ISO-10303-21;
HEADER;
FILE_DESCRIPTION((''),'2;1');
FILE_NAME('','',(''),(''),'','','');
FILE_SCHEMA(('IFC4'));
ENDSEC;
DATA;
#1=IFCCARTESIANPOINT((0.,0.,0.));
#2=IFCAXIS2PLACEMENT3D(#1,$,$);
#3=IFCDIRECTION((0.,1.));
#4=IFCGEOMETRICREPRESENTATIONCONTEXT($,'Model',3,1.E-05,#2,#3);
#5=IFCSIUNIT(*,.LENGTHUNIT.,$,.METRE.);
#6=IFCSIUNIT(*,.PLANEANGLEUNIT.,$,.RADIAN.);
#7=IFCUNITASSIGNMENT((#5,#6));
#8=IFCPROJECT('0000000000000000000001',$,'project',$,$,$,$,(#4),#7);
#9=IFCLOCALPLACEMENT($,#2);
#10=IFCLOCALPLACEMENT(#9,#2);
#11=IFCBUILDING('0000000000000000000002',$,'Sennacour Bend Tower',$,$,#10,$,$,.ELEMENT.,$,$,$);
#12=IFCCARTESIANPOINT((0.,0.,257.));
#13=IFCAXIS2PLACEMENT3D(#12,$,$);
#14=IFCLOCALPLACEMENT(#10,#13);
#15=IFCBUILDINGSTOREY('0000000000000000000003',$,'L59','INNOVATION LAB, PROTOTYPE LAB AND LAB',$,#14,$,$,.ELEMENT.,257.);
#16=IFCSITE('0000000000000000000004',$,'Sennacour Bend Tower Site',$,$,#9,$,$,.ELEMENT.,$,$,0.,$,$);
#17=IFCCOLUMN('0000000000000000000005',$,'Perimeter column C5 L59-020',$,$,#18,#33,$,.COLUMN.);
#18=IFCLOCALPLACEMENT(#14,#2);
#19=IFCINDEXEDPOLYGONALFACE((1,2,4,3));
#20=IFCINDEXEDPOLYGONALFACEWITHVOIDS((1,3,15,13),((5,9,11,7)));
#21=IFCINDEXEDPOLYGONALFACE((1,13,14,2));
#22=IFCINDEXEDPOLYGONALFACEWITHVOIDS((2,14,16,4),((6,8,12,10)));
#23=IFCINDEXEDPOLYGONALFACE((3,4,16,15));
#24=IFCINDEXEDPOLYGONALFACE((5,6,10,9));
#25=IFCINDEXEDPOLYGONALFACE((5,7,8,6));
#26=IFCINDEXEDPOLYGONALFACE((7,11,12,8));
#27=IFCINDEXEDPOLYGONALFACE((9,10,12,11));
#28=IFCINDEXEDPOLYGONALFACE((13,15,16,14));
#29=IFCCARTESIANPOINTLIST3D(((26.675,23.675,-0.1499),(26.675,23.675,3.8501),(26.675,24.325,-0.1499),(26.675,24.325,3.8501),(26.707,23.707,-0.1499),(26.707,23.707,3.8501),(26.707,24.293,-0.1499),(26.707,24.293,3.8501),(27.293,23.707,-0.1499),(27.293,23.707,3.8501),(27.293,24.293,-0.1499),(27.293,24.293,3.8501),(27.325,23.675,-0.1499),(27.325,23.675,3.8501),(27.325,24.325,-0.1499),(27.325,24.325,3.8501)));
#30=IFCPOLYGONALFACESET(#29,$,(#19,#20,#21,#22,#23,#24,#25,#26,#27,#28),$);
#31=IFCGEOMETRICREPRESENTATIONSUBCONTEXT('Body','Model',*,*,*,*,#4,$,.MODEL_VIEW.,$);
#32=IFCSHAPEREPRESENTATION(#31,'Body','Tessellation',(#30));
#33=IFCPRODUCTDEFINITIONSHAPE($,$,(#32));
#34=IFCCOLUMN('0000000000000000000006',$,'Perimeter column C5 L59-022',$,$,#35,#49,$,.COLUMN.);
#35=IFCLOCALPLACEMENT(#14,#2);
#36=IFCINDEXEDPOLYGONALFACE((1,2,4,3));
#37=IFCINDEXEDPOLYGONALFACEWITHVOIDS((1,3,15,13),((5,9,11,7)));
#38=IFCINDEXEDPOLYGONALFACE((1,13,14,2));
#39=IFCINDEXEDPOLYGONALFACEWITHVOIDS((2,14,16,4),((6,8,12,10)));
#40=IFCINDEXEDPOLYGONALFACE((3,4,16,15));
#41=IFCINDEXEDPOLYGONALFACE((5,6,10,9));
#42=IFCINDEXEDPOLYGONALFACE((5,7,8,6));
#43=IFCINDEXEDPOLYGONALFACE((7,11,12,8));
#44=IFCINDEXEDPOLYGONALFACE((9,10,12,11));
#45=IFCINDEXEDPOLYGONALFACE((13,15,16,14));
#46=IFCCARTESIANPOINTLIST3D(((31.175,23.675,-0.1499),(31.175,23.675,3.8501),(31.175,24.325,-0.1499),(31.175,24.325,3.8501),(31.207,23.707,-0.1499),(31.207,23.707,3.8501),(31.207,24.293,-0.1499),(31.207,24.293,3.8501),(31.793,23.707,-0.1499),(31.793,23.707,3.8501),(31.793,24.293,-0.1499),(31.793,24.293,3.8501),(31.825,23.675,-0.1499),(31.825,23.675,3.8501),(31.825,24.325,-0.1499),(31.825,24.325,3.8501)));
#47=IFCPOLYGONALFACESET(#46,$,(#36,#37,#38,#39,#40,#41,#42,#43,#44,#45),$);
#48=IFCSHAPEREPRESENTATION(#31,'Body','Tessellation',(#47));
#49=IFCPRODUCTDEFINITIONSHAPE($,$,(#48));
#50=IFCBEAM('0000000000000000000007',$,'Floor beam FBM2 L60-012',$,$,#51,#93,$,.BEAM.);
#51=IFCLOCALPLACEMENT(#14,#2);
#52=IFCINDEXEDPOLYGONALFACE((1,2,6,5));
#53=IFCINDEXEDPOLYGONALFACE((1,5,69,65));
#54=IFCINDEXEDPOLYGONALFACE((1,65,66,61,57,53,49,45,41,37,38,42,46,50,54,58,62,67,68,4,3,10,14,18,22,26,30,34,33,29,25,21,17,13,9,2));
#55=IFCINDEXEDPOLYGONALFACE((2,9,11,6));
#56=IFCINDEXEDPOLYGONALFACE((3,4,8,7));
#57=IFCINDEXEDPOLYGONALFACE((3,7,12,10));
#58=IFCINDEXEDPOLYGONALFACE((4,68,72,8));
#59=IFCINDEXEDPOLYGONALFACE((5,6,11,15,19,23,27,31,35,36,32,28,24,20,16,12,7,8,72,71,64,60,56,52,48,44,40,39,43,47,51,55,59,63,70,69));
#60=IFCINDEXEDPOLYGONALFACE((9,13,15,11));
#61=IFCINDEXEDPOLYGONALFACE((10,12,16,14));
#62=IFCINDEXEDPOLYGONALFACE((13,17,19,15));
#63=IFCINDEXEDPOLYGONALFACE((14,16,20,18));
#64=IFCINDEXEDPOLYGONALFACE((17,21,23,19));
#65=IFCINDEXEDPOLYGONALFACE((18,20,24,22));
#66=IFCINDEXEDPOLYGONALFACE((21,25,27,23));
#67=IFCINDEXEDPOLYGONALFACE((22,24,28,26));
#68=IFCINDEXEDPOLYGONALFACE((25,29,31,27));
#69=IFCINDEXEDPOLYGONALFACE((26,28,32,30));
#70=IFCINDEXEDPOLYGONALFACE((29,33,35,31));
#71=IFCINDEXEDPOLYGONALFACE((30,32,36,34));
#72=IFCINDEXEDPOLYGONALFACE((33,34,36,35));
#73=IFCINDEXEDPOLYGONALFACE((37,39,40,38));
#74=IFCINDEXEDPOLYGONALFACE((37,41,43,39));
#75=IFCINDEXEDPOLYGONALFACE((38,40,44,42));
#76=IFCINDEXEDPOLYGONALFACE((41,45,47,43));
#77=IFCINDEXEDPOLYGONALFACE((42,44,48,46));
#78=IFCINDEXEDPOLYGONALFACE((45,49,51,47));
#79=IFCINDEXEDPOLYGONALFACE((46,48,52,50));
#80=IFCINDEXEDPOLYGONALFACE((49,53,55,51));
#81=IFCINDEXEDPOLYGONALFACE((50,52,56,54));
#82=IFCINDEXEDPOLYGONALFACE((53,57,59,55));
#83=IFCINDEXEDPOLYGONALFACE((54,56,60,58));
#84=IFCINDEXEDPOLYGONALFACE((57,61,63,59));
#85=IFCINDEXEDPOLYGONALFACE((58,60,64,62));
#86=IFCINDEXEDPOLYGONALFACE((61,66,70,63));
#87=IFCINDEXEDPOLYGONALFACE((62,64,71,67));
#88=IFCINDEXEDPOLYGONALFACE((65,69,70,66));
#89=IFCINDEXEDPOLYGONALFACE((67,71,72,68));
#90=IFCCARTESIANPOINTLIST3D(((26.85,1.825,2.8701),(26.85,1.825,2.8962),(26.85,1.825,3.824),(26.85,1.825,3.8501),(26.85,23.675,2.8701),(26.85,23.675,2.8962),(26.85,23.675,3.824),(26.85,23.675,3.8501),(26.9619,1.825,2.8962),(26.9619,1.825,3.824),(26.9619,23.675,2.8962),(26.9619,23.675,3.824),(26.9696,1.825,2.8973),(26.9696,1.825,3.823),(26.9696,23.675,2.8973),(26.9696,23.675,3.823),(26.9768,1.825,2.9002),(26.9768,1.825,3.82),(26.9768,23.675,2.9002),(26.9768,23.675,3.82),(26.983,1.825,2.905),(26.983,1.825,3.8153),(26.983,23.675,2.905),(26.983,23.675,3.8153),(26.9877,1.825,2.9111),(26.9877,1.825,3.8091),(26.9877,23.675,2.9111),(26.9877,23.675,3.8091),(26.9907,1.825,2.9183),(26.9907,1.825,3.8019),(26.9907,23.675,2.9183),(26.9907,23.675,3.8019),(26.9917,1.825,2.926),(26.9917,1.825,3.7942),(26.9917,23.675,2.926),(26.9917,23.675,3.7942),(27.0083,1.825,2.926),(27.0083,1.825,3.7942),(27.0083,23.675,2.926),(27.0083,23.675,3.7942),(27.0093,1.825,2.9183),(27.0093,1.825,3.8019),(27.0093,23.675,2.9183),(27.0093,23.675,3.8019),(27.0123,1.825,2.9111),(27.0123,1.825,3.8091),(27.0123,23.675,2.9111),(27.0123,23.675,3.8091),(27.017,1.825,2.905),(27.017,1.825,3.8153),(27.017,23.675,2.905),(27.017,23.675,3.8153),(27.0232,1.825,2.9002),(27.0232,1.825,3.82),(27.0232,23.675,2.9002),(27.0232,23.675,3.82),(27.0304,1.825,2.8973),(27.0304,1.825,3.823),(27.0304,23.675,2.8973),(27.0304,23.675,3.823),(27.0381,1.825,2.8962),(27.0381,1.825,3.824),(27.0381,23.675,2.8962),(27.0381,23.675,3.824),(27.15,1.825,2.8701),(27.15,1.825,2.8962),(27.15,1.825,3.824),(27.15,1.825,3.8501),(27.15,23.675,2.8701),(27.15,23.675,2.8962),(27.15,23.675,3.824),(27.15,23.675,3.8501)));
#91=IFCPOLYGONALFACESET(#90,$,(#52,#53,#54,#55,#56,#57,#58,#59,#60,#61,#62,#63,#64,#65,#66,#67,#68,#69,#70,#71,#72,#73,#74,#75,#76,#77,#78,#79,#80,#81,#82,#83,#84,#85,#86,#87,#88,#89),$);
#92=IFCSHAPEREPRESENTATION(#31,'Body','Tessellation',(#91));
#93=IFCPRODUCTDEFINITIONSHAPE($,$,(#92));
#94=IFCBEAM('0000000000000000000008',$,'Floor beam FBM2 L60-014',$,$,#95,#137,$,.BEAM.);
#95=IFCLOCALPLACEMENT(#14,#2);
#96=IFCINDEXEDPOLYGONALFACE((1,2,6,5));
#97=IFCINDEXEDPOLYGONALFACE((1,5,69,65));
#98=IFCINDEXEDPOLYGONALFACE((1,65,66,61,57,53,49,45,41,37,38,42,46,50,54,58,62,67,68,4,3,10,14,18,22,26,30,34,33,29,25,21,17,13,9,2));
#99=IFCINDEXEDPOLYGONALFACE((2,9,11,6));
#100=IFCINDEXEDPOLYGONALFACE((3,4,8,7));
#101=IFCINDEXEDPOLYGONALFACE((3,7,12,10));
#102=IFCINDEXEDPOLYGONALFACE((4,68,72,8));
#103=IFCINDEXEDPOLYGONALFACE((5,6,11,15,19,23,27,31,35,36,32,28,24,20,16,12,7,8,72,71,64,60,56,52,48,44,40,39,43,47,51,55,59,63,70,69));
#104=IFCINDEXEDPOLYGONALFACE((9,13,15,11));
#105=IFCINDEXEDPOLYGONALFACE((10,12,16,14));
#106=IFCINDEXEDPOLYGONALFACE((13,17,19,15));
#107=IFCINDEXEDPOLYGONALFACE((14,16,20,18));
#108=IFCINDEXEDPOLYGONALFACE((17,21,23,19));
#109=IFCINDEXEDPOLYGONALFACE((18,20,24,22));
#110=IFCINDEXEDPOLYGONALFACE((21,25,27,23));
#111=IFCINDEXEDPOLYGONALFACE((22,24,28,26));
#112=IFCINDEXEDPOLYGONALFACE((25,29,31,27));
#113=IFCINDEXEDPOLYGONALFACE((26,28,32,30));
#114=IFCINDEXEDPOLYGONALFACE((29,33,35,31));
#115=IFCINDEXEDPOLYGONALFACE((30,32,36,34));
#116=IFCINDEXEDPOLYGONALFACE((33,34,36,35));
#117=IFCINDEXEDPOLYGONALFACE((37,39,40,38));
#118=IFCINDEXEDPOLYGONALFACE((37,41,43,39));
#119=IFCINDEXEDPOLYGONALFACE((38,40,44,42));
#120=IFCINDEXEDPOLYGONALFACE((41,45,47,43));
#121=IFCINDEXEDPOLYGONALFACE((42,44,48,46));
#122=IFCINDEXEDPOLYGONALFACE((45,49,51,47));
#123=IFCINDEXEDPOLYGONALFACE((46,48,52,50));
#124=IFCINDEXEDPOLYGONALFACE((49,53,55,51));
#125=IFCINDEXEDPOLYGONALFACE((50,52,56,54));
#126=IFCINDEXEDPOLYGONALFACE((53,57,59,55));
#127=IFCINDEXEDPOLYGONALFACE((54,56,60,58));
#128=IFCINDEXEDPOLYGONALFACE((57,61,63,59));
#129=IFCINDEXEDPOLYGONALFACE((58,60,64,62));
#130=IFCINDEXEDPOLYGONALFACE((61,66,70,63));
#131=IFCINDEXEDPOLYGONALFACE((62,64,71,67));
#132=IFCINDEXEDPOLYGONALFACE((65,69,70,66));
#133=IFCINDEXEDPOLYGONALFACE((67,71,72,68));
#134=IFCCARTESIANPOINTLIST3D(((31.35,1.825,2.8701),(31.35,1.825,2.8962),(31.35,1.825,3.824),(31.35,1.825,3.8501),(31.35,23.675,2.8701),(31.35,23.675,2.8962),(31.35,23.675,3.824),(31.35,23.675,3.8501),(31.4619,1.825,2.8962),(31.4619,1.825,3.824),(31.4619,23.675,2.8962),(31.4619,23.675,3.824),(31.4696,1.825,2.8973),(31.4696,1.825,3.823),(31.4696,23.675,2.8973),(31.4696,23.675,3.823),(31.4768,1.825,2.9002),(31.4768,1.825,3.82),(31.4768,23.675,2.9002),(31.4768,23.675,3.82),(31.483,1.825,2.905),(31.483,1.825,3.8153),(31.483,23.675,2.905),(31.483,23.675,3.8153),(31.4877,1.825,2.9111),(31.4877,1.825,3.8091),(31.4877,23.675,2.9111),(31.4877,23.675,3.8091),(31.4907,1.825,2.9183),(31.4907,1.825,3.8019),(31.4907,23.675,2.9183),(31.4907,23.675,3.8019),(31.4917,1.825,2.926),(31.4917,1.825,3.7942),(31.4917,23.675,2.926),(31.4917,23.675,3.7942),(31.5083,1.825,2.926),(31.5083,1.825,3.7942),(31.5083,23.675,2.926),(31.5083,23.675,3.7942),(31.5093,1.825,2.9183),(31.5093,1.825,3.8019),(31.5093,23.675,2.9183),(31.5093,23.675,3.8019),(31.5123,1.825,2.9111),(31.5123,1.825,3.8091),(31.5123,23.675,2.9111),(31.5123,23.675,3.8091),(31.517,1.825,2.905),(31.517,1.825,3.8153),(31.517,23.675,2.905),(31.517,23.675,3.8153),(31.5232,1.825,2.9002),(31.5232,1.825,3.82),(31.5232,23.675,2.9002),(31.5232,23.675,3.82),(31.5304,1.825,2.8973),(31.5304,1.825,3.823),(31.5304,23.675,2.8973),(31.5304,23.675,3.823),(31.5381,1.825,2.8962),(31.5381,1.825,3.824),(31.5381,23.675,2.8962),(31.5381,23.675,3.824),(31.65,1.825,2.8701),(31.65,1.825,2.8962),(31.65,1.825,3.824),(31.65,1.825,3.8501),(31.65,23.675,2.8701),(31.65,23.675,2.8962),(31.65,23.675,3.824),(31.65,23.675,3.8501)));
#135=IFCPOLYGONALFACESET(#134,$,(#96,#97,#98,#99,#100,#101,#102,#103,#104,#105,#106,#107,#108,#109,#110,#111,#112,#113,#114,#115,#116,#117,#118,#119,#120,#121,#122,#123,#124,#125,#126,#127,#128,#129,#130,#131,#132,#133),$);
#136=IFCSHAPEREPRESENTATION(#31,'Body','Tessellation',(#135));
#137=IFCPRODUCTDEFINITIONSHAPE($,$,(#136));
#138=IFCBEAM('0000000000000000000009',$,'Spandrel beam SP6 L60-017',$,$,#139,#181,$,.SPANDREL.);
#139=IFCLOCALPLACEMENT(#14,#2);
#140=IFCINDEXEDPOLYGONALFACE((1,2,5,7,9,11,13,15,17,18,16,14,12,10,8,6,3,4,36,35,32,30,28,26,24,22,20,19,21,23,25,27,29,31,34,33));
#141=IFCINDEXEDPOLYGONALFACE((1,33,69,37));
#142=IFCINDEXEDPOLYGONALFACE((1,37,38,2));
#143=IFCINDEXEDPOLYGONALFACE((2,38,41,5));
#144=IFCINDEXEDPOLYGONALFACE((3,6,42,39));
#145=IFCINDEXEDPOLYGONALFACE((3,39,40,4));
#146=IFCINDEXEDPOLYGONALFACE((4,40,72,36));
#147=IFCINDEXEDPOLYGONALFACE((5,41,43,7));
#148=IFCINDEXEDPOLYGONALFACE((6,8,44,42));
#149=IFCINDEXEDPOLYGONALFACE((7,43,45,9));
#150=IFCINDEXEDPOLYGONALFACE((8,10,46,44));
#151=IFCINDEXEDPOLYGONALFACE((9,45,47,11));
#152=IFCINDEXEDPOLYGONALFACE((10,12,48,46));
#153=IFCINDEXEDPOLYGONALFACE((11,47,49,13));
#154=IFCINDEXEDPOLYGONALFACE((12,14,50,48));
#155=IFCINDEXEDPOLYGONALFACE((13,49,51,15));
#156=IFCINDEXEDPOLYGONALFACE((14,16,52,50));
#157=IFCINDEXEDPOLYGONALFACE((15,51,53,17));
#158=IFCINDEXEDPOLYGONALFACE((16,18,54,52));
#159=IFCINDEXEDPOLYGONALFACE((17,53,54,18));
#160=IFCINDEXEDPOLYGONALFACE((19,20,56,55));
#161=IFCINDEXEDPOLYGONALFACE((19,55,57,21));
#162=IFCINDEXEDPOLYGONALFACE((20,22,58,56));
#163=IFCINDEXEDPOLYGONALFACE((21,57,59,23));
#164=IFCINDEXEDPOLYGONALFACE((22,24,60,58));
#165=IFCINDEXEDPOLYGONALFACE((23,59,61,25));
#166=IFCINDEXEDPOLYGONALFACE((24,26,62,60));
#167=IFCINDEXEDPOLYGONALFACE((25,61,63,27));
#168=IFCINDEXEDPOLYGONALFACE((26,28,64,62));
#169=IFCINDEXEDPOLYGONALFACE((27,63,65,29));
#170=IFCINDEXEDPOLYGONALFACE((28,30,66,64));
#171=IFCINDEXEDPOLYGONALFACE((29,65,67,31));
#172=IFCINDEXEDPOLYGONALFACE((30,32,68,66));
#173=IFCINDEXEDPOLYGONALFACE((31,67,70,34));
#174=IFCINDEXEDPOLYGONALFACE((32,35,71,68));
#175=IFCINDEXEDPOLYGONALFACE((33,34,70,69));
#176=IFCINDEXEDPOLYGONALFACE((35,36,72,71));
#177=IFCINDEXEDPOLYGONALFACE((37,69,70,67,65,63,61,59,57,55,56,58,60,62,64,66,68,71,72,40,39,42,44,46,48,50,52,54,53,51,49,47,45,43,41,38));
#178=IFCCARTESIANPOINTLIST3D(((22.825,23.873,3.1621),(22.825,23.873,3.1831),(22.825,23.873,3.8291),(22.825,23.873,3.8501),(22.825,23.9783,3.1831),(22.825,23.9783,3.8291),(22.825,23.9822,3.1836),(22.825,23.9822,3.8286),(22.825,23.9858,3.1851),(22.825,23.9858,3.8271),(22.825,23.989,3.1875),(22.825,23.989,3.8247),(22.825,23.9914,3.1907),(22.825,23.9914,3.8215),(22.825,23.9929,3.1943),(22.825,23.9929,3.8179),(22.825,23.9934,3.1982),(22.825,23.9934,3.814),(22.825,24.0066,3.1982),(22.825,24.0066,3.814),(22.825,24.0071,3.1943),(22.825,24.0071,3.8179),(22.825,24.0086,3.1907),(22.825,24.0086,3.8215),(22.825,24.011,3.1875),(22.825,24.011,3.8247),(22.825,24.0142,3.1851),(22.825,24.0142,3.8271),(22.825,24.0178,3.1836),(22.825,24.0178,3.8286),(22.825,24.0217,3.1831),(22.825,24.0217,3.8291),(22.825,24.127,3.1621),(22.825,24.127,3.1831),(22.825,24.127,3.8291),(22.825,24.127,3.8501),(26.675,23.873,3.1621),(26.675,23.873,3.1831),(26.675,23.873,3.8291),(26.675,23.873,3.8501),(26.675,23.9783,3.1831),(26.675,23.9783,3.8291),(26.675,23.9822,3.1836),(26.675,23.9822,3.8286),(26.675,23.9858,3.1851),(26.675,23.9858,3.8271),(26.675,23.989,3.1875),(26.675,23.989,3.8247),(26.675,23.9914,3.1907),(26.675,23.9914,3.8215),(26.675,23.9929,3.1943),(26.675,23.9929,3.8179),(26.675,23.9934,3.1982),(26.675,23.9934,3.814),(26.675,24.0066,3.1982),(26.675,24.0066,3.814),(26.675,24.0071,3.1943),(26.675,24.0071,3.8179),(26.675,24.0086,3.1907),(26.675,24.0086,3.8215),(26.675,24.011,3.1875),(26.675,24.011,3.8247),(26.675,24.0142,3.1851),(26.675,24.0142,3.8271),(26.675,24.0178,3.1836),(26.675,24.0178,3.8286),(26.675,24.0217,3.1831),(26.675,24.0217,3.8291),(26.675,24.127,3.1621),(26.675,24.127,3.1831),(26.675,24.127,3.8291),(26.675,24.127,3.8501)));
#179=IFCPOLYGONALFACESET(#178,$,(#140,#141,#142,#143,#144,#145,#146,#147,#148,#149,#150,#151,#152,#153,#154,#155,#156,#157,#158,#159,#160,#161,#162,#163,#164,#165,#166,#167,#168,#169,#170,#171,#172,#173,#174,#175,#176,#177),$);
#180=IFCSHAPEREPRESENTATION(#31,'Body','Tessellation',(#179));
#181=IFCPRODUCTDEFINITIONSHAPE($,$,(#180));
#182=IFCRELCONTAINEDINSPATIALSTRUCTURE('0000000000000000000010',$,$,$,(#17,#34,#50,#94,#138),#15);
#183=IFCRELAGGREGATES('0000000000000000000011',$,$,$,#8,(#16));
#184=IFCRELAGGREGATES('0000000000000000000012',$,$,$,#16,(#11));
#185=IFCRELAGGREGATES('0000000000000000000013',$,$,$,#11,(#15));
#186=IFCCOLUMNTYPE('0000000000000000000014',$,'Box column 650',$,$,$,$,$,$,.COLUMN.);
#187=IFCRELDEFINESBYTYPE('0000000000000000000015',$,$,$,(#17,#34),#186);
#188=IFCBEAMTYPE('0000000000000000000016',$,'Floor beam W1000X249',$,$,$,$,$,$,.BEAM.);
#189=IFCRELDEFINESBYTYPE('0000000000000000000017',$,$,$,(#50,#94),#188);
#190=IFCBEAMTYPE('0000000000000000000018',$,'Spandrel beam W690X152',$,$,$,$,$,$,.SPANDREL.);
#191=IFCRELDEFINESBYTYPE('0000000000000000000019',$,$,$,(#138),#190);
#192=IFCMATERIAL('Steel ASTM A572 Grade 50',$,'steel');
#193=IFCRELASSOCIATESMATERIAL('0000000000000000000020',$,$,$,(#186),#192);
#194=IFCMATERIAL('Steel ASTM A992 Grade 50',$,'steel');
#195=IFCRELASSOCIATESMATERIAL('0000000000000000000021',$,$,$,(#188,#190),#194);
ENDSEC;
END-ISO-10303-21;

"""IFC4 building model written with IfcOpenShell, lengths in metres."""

from ifc_helpers import new_model, si_unit, direction, frame, origin, origin_2d, place, context, subcontext, project, spatial, hollow_rectangle, i_section, extrude, material, material_profile, profile_set, type_object, element, save


model = new_model("IFC4")

# Units and contexts
model_context = context("Model", 3, precision=1e-05, world=origin(), true_north=direction((0.0, 1.0)))
body_context = subcontext(model_context, "Body", "Model", "MODEL_VIEW")
ifc_project = project(units=[si_unit("LENGTHUNIT", "METRE"), si_unit("PLANEANGLEUNIT", "RADIAN")], contexts=[model_context])

# Site, building, storey
site_placement = place(None, origin())
site = spatial("IfcSite", under=ifc_project, at=site_placement, Name="Sennacour Bend Tower Site", CompositionType="ELEMENT", RefElevation=0.0)
building_placement = place(site_placement, origin())
building = spatial("IfcBuilding", under=site, at=building_placement, Name="Sennacour Bend Tower", CompositionType="ELEMENT")
storey_placement = place(building_placement, frame((0.0, 0.0, 257.0)))
storey = spatial("IfcBuildingStorey", under=building, at=storey_placement, Name="L59", Description="INNOVATION LAB, PROTOTYPE LAB AND LAB", CompositionType="ELEMENT", Elevation=257.0)

# Columns
ifc_material_1 = material(Name="Steel ASTM A572 Grade 50", Category="steel")
ifc_material_profile_1 = material_profile(ifc_material_1, hollow_rectangle(XDim=0.6499, YDim=0.6499, WallThickness=0.032, at=origin_2d()), Name="Steel ASTM A572 Grade 50", Category="steel")
ifc_profile_set_1 = profile_set([ifc_material_profile_1], Name="Steel ASTM A572 Grade 50")
column_type = type_object("IfcColumnType", Name="Box column 650", PredefinedType="COLUMN", material=ifc_profile_set_1)
for number, where, z_axis, x_axis, name in (
    (1, (27.0, 24.0, -0.1499), (0.0, 0.0, 1.0), (1.0, 0.0, 0.0), "Perimeter column C5 L59-020"),
    (2, (31.5, 24.0, -0.1499), (0.0, 0.0, 1.0), (1.0, 0.0, 0.0), "Perimeter column C5 L59-022"),
):
    element("IfcColumn", number, at=place(storey_placement, frame(where, z_axis=z_axis, x_axis=x_axis)), inside=storey, type_object=column_type, Name=name, PredefinedType="COLUMN", context=body_context, shape_type="SweptSolid", body=[
        extrude(hollow_rectangle(XDim=0.6499, YDim=0.6499, WallThickness=0.032, at=origin_2d()), origin(), (0.0, 0.0, 1.0), 4.0),
    ])

# Beams
ifc_material_2 = material(Name="Steel ASTM A992 Grade 50", Category="steel")
ifc_material_profile_2 = material_profile(ifc_material_2, i_section(OverallWidth=0.3, OverallDepth=0.98, WebThickness=0.0166, FlangeThickness=0.0261, FilletRadius=0.0298, at=origin_2d()), Name="Steel ASTM A992 Grade 50", Category="steel")
ifc_profile_set_2 = profile_set([ifc_material_profile_2], Name="Steel ASTM A992 Grade 50")
beam_type_1 = type_object("IfcBeamType", Name="Floor beam W1000X249", PredefinedType="BEAM", material=ifc_profile_set_2)
for number, where, z_axis, x_axis, name in (
    (3, (27.0, 1.825, 3.3601), (0.0, 1.0, 0.0), (-1.0, 0.0, 0.0), "Floor beam FBM2 L60-012"),
    (4, (31.5, 1.825, 3.3601), (0.0, 1.0, 0.0), (-1.0, 0.0, 0.0), "Floor beam FBM2 L60-014"),
):
    element("IfcBeam", number, at=place(storey_placement, frame(where, z_axis=z_axis, x_axis=x_axis)), inside=storey, type_object=beam_type_1, Name=name, PredefinedType="BEAM", context=body_context, shape_type="SweptSolid", body=[
        extrude(i_section(OverallWidth=0.3, OverallDepth=0.98, WebThickness=0.0166, FlangeThickness=0.0261, FilletRadius=0.0298, at=origin_2d()), origin(), (0.0, 0.0, 1.0), 21.8501),
    ])
ifc_material_profile_3 = material_profile(ifc_material_2, i_section(OverallWidth=0.2539, OverallDepth=0.688, WebThickness=0.0132, FlangeThickness=0.021, FilletRadius=0.0151, at=origin_2d()), Name="Steel ASTM A992 Grade 50", Category="steel")
ifc_profile_set_3 = profile_set([ifc_material_profile_3], Name="Steel ASTM A992 Grade 50")
beam_type_2 = type_object("IfcBeamType", Name="Spandrel beam W690X152", PredefinedType="SPANDREL", material=ifc_profile_set_3)
for number, where, z_axis, x_axis, name in (
    (5, (22.825, 24.0, 3.5061), (1.0, 0.0, 0.0), (0.0, 1.0, 0.0), "Spandrel beam SP6 L60-017"),
):
    element("IfcBeam", number, at=place(storey_placement, frame(where, z_axis=z_axis, x_axis=x_axis)), inside=storey, type_object=beam_type_2, Name=name, PredefinedType="SPANDREL", context=body_context, shape_type="SweptSolid", body=[
        extrude(i_section(OverallWidth=0.2539, OverallDepth=0.688, WebThickness=0.0132, FlangeThickness=0.021, FilletRadius=0.0151, at=origin_2d()), origin(), (0.0, 0.0, 1.0), 3.8501),
    ])

save(model, "model.ifc")
